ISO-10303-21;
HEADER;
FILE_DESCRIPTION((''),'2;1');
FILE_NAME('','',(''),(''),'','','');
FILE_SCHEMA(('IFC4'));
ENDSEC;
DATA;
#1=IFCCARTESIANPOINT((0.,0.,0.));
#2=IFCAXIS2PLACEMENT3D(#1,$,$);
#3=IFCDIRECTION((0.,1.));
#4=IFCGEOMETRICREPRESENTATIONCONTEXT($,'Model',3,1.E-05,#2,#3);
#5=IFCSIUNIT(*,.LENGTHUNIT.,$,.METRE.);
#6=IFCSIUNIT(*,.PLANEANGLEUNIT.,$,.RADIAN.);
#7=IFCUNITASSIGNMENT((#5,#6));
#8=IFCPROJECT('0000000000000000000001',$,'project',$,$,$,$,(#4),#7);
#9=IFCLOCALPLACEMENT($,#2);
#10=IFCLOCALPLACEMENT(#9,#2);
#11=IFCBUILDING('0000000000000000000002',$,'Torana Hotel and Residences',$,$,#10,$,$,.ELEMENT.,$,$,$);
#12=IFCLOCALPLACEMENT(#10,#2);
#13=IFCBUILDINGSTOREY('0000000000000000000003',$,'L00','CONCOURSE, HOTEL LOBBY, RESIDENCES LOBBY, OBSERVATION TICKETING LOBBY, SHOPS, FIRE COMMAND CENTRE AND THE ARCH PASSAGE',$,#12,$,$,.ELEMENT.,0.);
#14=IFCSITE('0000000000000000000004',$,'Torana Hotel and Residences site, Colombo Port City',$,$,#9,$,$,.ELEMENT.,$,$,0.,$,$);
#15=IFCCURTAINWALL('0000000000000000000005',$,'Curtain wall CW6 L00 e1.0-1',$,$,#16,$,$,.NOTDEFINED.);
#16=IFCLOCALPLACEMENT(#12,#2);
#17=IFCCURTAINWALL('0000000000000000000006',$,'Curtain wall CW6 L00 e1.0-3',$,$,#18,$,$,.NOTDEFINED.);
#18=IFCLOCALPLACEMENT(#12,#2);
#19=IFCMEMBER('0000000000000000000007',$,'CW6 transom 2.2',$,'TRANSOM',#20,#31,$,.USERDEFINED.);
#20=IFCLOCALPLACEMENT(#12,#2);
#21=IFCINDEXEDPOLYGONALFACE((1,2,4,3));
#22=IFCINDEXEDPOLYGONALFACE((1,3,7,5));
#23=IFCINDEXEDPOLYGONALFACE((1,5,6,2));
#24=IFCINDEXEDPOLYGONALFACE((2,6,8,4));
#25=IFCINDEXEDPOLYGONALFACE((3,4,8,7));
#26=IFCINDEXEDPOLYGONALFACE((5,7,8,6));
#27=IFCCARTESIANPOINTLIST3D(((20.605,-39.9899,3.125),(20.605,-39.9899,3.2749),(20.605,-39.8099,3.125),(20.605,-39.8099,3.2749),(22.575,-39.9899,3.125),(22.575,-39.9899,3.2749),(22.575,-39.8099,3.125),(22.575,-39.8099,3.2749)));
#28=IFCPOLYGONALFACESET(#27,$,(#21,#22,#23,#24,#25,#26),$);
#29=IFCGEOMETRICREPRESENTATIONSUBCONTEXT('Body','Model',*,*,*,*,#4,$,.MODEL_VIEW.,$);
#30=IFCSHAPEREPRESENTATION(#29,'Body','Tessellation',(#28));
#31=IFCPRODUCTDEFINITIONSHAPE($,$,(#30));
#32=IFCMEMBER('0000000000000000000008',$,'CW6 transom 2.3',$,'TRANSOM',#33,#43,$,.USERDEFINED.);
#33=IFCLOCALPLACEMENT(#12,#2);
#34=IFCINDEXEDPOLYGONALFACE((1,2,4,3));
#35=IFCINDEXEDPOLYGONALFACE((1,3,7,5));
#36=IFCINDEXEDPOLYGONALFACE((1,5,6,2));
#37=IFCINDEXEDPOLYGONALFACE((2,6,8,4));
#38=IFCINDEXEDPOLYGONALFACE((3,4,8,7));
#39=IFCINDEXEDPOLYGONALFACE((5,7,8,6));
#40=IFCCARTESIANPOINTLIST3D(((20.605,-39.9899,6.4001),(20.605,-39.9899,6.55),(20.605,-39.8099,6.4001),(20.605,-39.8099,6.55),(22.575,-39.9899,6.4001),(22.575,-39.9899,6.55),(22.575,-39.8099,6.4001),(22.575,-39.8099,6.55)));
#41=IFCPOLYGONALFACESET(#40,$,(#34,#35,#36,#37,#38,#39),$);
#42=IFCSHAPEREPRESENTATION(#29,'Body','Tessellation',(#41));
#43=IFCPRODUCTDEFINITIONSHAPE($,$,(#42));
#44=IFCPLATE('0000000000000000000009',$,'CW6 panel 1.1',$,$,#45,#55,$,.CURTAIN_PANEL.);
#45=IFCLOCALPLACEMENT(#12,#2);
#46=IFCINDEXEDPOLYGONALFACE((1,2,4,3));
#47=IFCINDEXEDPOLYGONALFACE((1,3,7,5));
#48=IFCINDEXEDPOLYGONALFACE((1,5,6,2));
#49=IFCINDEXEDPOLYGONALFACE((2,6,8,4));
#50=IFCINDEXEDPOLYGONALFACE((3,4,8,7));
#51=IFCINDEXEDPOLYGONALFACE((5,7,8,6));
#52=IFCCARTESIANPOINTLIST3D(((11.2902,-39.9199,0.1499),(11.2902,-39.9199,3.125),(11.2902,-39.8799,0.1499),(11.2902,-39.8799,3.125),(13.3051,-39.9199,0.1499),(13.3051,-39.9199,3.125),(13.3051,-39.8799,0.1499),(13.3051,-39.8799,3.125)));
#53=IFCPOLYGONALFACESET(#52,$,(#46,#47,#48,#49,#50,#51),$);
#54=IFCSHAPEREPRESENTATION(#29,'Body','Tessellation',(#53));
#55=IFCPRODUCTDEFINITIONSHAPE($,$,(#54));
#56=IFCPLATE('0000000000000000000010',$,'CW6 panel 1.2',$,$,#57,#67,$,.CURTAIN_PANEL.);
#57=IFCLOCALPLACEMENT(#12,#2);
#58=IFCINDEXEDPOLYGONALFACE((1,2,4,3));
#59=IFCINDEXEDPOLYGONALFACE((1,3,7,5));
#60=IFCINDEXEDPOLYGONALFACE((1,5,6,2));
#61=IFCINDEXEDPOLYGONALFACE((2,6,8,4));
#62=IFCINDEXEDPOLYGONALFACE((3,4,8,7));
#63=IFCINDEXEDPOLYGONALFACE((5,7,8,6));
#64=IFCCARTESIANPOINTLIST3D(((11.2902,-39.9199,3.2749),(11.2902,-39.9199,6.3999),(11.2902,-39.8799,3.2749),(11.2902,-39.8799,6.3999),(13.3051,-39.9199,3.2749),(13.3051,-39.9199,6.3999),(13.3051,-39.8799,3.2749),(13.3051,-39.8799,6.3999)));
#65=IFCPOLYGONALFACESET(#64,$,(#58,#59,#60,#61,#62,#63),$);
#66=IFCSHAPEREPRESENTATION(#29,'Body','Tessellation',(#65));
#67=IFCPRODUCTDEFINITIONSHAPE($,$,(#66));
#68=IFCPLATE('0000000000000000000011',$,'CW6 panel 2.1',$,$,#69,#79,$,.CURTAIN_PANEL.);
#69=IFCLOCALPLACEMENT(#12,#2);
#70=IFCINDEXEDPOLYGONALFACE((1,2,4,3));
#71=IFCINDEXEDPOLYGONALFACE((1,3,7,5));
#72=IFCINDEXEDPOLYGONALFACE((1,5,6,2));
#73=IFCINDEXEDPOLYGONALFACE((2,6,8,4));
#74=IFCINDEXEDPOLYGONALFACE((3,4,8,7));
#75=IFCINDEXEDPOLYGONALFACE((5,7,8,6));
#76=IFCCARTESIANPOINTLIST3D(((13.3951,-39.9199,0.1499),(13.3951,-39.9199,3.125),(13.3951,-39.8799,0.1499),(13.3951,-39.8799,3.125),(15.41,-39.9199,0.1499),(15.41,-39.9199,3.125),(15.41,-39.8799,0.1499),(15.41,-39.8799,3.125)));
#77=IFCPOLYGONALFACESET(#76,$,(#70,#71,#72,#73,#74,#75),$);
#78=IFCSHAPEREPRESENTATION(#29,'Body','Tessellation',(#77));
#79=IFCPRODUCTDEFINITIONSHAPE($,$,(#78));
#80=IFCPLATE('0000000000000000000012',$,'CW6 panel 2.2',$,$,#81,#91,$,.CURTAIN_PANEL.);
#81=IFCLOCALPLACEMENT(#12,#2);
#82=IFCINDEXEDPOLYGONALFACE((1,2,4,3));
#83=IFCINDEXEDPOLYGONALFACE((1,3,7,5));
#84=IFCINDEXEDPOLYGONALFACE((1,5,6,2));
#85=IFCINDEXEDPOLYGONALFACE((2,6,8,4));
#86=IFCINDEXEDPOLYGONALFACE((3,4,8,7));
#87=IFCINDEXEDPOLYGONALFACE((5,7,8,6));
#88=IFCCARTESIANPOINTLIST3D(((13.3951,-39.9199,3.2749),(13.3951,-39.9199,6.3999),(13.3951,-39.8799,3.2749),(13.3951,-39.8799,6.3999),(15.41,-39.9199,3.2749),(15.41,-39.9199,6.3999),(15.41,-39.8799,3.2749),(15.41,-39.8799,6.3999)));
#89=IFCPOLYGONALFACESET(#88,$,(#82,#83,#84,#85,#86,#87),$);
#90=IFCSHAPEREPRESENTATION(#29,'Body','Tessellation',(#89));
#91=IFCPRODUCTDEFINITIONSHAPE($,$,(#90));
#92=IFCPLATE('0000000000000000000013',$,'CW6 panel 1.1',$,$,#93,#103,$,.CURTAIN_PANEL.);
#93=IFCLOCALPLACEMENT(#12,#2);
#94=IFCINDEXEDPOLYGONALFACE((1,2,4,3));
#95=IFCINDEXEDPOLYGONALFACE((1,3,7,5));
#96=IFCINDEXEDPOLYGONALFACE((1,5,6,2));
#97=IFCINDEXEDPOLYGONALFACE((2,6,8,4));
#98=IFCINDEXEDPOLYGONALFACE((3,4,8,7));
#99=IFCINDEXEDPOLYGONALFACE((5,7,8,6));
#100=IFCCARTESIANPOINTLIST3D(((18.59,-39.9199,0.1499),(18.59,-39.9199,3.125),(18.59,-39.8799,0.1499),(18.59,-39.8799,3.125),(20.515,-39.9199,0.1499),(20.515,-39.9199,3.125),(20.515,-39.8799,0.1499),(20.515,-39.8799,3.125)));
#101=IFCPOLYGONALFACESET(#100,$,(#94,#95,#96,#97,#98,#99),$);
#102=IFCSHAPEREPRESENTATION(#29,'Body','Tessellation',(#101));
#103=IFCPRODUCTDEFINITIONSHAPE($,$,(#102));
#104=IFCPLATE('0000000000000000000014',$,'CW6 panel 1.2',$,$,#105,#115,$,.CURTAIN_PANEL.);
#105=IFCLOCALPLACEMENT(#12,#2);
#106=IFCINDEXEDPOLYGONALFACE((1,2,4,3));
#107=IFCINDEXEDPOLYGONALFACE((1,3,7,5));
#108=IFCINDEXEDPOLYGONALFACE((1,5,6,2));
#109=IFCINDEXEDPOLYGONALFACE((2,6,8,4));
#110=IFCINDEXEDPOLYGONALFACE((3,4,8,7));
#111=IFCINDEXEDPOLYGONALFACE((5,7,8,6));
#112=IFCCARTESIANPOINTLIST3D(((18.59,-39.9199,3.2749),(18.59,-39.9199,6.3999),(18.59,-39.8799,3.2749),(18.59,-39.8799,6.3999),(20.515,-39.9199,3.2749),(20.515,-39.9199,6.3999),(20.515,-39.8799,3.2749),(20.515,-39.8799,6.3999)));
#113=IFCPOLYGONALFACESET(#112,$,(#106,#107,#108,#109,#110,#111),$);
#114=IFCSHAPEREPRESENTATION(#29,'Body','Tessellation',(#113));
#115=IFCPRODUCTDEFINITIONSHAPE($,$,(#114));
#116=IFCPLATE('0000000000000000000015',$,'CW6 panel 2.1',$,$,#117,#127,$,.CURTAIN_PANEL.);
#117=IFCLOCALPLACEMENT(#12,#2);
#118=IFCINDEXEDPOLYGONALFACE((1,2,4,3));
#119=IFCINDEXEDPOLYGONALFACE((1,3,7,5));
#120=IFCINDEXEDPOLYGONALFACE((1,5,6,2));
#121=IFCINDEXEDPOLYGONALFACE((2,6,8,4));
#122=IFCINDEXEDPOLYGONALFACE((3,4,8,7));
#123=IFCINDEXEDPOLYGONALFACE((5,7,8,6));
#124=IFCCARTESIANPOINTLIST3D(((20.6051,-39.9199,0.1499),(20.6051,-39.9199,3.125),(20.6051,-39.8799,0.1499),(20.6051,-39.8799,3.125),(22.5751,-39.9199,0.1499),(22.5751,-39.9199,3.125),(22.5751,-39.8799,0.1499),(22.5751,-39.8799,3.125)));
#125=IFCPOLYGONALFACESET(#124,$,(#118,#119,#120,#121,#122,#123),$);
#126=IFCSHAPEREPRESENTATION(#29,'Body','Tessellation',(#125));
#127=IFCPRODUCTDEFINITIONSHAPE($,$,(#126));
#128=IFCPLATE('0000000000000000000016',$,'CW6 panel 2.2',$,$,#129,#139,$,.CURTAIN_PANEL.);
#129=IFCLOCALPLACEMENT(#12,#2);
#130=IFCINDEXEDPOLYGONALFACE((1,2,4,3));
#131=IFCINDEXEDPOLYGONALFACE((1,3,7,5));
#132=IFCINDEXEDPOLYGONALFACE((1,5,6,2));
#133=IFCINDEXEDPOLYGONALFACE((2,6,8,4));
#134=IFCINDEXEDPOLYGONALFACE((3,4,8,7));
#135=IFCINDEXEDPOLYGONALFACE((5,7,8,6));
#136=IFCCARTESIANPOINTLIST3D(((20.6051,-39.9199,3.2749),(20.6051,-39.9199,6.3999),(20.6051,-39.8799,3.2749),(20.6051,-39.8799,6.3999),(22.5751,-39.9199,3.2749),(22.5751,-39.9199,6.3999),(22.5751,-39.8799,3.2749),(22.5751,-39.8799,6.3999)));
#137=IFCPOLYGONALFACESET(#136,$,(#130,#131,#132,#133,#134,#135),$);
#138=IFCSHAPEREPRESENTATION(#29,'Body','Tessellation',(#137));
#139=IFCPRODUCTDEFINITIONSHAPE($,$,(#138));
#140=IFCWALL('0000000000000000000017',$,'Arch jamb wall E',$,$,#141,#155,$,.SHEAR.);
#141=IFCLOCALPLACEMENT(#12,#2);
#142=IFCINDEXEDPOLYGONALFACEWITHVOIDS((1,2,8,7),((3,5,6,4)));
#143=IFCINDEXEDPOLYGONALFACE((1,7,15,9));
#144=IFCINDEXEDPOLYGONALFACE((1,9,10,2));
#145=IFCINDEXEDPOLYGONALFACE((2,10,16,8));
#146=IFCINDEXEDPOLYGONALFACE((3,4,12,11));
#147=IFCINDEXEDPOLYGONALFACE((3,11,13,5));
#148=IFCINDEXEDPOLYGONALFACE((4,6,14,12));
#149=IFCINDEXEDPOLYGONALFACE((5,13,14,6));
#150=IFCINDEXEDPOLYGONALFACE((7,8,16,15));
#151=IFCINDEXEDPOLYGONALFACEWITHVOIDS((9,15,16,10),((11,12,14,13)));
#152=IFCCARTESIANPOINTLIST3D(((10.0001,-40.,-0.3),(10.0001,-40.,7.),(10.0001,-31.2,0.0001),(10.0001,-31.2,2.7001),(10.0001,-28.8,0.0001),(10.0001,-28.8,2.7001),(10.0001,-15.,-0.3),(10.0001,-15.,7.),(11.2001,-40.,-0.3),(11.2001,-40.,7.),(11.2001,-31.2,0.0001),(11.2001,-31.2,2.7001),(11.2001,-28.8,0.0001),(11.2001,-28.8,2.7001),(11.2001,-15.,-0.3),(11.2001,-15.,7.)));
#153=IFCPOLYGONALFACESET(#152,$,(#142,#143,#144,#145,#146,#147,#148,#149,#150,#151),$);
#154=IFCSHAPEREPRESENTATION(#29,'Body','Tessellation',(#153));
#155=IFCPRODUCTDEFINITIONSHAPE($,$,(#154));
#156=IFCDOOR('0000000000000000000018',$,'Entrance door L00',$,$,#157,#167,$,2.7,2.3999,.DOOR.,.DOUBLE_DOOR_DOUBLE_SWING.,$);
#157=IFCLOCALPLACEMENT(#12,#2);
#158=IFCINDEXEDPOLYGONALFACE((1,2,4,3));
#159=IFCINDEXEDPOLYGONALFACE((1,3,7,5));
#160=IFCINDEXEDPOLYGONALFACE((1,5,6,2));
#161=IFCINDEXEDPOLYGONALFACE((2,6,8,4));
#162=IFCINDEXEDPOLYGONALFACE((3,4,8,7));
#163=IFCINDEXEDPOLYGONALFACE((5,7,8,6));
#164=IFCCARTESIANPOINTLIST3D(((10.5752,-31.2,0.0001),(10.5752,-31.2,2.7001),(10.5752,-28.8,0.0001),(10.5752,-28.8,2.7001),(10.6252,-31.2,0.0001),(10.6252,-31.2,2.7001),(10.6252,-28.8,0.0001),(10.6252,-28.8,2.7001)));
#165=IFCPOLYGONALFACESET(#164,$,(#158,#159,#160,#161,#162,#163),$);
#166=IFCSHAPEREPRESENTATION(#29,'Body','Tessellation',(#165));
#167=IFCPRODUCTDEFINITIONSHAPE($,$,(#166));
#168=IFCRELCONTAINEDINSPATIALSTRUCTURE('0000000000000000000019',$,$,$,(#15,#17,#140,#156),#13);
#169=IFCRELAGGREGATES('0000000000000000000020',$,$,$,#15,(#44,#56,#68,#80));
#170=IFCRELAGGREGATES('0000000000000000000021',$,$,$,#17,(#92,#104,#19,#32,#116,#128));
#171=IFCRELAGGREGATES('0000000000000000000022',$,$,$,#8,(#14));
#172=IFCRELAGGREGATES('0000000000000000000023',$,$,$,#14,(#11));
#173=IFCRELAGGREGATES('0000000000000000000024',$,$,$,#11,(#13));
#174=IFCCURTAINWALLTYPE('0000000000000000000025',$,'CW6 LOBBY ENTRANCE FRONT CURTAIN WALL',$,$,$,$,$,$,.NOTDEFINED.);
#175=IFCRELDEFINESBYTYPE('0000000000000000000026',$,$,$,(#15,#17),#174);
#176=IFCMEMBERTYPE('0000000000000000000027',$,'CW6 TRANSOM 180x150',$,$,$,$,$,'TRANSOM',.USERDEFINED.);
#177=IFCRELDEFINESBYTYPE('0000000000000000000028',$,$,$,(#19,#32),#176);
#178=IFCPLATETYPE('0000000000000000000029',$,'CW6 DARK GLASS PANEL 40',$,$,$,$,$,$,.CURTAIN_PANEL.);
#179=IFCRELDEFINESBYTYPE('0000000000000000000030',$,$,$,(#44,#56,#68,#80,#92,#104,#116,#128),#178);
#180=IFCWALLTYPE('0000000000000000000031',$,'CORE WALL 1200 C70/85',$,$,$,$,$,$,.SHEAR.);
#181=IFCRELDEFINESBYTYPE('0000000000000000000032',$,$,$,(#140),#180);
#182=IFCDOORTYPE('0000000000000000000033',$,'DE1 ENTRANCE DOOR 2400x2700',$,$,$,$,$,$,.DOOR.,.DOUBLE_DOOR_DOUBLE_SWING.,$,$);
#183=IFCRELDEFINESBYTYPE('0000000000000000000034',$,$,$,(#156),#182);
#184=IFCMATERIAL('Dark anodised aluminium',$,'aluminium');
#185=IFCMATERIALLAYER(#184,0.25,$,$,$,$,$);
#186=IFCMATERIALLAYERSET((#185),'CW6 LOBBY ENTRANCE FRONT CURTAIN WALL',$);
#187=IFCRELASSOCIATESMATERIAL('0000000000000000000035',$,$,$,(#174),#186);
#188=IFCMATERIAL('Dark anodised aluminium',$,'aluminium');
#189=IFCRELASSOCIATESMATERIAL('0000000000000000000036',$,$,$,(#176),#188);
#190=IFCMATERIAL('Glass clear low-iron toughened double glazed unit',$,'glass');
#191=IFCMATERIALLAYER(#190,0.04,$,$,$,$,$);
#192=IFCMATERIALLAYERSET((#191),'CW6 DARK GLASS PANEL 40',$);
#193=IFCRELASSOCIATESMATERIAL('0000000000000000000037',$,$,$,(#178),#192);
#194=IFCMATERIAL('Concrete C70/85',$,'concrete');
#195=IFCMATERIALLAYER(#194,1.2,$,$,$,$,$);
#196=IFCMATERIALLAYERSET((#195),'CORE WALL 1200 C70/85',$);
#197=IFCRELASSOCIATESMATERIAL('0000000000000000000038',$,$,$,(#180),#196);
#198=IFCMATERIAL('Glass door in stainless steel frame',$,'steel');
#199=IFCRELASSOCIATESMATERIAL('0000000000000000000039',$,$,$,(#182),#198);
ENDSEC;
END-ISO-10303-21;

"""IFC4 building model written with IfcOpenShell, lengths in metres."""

from ifc_helpers import new_model, si_unit, direction, frame, frame_2d, origin, origin_2d, place, context, subcontext, project, spatial, rectangle, extrude, material, layer, layer_set, material_profile, profile_set, type_object, element, fill, aggregate, save


model = new_model("IFC4")

# Units and contexts
model_context = context("Model", 3, precision=1e-05, world=origin(), true_north=direction((0.0, 1.0)))
body_context = subcontext(model_context, "Body", "Model", "MODEL_VIEW")
ifc_project = project(units=[si_unit("LENGTHUNIT", "METRE"), si_unit("PLANEANGLEUNIT", "RADIAN")], contexts=[model_context])

# Site, building, storey
site_placement = place(None, origin())
site = spatial("IfcSite", under=ifc_project, at=site_placement, Name="Torana Hotel and Residences site, Colombo Port City", CompositionType="ELEMENT", RefElevation=0.0)
building_placement = place(site_placement, origin())
building = spatial("IfcBuilding", under=site, at=building_placement, Name="Torana Hotel and Residences", CompositionType="ELEMENT")
storey_placement = place(building_placement, origin())
storey = spatial("IfcBuildingStorey", under=building, at=storey_placement, Name="L00", Description="CONCOURSE, HOTEL LOBBY, RESIDENCES LOBBY, OBSERVATION TICKETING LOBBY, SHOPS, FIRE COMMAND CENTRE AND THE ARCH PASSAGE", CompositionType="ELEMENT", Elevation=0.0)

# Curtain walls
ifc_material_1 = material(Name="Dark anodised aluminium", Category="aluminium")
ifc_layer_1 = layer(ifc_material_1, 0.25)
ifc_layer_set_1 = layer_set([ifc_layer_1], Name="CW6 LOBBY ENTRANCE FRONT CURTAIN WALL")
curtain_wall_type = type_object("IfcCurtainWallType", Name="CW6 LOBBY ENTRANCE FRONT CURTAIN WALL", PredefinedType="NOTDEFINED", material=ifc_layer_set_1)
curtain_wall_1_placement = place(storey_placement, origin())
curtain_wall_1 = element("IfcCurtainWall", 1, at=curtain_wall_1_placement, inside=storey, type_object=curtain_wall_type, Name="Curtain wall CW6 L00 e1.0-1", PredefinedType="NOTDEFINED")
curtain_wall_2_placement = place(storey_placement, origin())
curtain_wall_2 = element("IfcCurtainWall", 2, at=curtain_wall_2_placement, inside=storey, type_object=curtain_wall_type, Name="Curtain wall CW6 L00 e1.0-3", PredefinedType="NOTDEFINED")

# Members
ifc_material_2 = material(Name="Dark anodised aluminium", Category="aluminium")
ifc_material_profile_1 = material_profile(ifc_material_2, rectangle(XDim=0.1799, YDim=0.1499, at=origin_2d()), Name="CW6 TRANSOM 180x150")
ifc_profile_set_1 = profile_set([ifc_material_profile_1], Name="Dark anodised aluminium")
member_type_1 = type_object("IfcMemberType", Name="CW6 TRANSOM 180x150", ElementType="TRANSOM", PredefinedType="USERDEFINED", material=ifc_profile_set_1)
member_1_placement = place(storey_placement, frame((20.605, -39.8999, 3.2), z_axis=(1.0, 0.0, 0.0), x_axis=(0.0, 1.0, 0.0)))
member_1 = element("IfcMember", 3, at=member_1_placement, type_object=member_type_1, Name="CW6 transom 2.2", ObjectType="TRANSOM", PredefinedType="USERDEFINED", context=body_context, shape_type="SweptSolid", body=[
    extrude(rectangle(XDim=0.1799, YDim=0.1499, at=origin_2d()), origin(), (0.0, 0.0, 1.0), 1.97),
])
member_2_placement = place(storey_placement, frame((20.605, -39.8999, 6.4751), z_axis=(1.0, 0.0, 0.0), x_axis=(0.0, 1.0, 0.0)))
member_2 = element("IfcMember", 4, at=member_2_placement, type_object=member_type_1, Name="CW6 transom 2.3", ObjectType="TRANSOM", PredefinedType="USERDEFINED", context=body_context, shape_type="SweptSolid", body=[
    extrude(rectangle(XDim=0.1799, YDim=0.1499, at=origin_2d()), origin(), (0.0, 0.0, 1.0), 1.97),
])

# Plates
ifc_material_3 = material(Name="Glass clear low-iron toughened double glazed unit", Category="glass")
ifc_layer_2 = layer(ifc_material_3, 0.04)
ifc_layer_set_2 = layer_set([ifc_layer_2], Name="CW6 DARK GLASS PANEL 40")
plate_type = type_object("IfcPlateType", Name="CW6 DARK GLASS PANEL 40", PredefinedType="CURTAIN_PANEL", material=ifc_layer_set_2)
plate_1_placement = place(storey_placement, frame((12.2976, -39.8999, 0.1499), z_axis=(0.0, 0.0, 1.0), x_axis=(1.0, 0.0, 0.0)))
plate_1 = element("IfcPlate", 5, at=plate_1_placement, type_object=plate_type, Name="CW6 panel 1.1", PredefinedType="CURTAIN_PANEL", context=body_context, shape_type="SweptSolid", body=[
    extrude(rectangle(XDim=2.0149, YDim=0.04, at=origin_2d()), origin(), (0.0, 0.0, 1.0), 2.9751),
])
plate_2_placement = place(storey_placement, frame((12.2976, -39.8999, 3.2749), z_axis=(0.0, 0.0, 1.0), x_axis=(1.0, 0.0, 0.0)))
plate_2 = element("IfcPlate", 6, at=plate_2_placement, type_object=plate_type, Name="CW6 panel 1.2", PredefinedType="CURTAIN_PANEL", context=body_context, shape_type="SweptSolid", body=[
    extrude(rectangle(XDim=2.0149, YDim=0.04, at=origin_2d()), origin(), (0.0, 0.0, 1.0), 3.125),
])
plate_3_placement = place(storey_placement, frame((14.4026, -39.8999, 0.1499), z_axis=(0.0, 0.0, 1.0), x_axis=(1.0, 0.0, 0.0)))
plate_3 = element("IfcPlate", 7, at=plate_3_placement, type_object=plate_type, Name="CW6 panel 2.1", PredefinedType="CURTAIN_PANEL", context=body_context, shape_type="SweptSolid", body=[
    extrude(rectangle(XDim=2.0149, YDim=0.04, at=origin_2d()), origin(), (0.0, 0.0, 1.0), 2.9751),
])
plate_4_placement = place(storey_placement, frame((14.4026, -39.8999, 3.2749), z_axis=(0.0, 0.0, 1.0), x_axis=(1.0, 0.0, 0.0)))
plate_4 = element("IfcPlate", 8, at=plate_4_placement, type_object=plate_type, Name="CW6 panel 2.2", PredefinedType="CURTAIN_PANEL", context=body_context, shape_type="SweptSolid", body=[
    extrude(rectangle(XDim=2.0149, YDim=0.04, at=origin_2d()), origin(), (0.0, 0.0, 1.0), 3.125),
])
aggregate(curtain_wall_1, [plate_1, plate_2, plate_3, plate_4])
plate_5_placement = place(storey_placement, frame((19.5525, -39.8999, 0.1499), z_axis=(0.0, 0.0, 1.0), x_axis=(1.0, 0.0, 0.0)))
plate_5 = element("IfcPlate", 9, at=plate_5_placement, type_object=plate_type, Name="CW6 panel 1.1", PredefinedType="CURTAIN_PANEL", context=body_context, shape_type="SweptSolid", body=[
    extrude(rectangle(XDim=1.925, YDim=0.04, at=origin_2d()), origin(), (0.0, 0.0, 1.0), 2.9751),
])
plate_6_placement = place(storey_placement, frame((19.5525, -39.8999, 3.2749), z_axis=(0.0, 0.0, 1.0), x_axis=(1.0, 0.0, 0.0)))
plate_6 = element("IfcPlate", 10, at=plate_6_placement, type_object=plate_type, Name="CW6 panel 1.2", PredefinedType="CURTAIN_PANEL", context=body_context, shape_type="SweptSolid", body=[
    extrude(rectangle(XDim=1.925, YDim=0.04, at=origin_2d()), origin(), (0.0, 0.0, 1.0), 3.125),
])
plate_7_placement = place(storey_placement, frame((21.5901, -39.8999, 0.1499), z_axis=(0.0, 0.0, 1.0), x_axis=(1.0, 0.0, 0.0)))
plate_7 = element("IfcPlate", 11, at=plate_7_placement, type_object=plate_type, Name="CW6 panel 2.1", PredefinedType="CURTAIN_PANEL", context=body_context, shape_type="SweptSolid", body=[
    extrude(rectangle(XDim=1.97, YDim=0.04, at=origin_2d()), origin(), (0.0, 0.0, 1.0), 2.9751),
])
plate_8_placement = place(storey_placement, frame((21.5901, -39.8999, 3.2749), z_axis=(0.0, 0.0, 1.0), x_axis=(1.0, 0.0, 0.0)))
plate_8 = element("IfcPlate", 12, at=plate_8_placement, type_object=plate_type, Name="CW6 panel 2.2", PredefinedType="CURTAIN_PANEL", context=body_context, shape_type="SweptSolid", body=[
    extrude(rectangle(XDim=1.97, YDim=0.04, at=origin_2d()), origin(), (0.0, 0.0, 1.0), 3.125),
])
aggregate(curtain_wall_2, [plate_5, plate_6, member_1, member_2, plate_7, plate_8])

# Wall, opening, door
ifc_material_4 = material(Name="Concrete C70/85", Category="concrete")
ifc_layer_3 = layer(ifc_material_4, 1.2)
ifc_layer_set_3 = layer_set([ifc_layer_3], Name="CORE WALL 1200 C70/85")
wall_type_1 = type_object("IfcWallType", Name="CORE WALL 1200 C70/85", PredefinedType="SHEAR", material=ifc_layer_set_3)
wall_1_placement = place(storey_placement, frame((10.6001, -40.0, -0.3), z_axis=(0.0, 0.0, 1.0), x_axis=(0.0, 1.0, 0.0)))
wall_1 = element("IfcWall", 13, at=wall_1_placement, inside=storey, type_object=wall_type_1, Name="Arch jamb wall E", PredefinedType="SHEAR", context=body_context, shape_type="SweptSolid", body=[
    extrude(rectangle(XDim=25.0, YDim=1.2, at=frame_2d((12.5, 0.0))), origin(), (0.0, 0.0, 1.0), 7.3),
])
opening_1_placement = place(wall_1_placement, frame((8.8, 0.0, 0.3)))
opening_1 = element("IfcOpeningElement", 14, at=opening_1_placement, cuts=wall_1, PredefinedType="OPENING", context=body_context, shape_type="SweptSolid", body=[
    extrude(rectangle(XDim=2.3999, YDim=2.7, at=frame_2d((1.2, 1.3501))), frame((0.0, 0.6099, 0.0), z_axis=(0.0, -1.0, 0.0), x_axis=(1.0, 0.0, 0.0)), (0.0, 0.0, 1.0), 1.22),
])
ifc_material_5 = material(Name="Glass door in stainless steel frame", Category="steel")
door_type = type_object("IfcDoorType", Name="DE1 ENTRANCE DOOR 2400x2700", OperationType="DOUBLE_DOOR_DOUBLE_SWING", PredefinedType="DOOR", material=ifc_material_5)
door_1_placement = place(opening_1_placement, origin())
door_1 = element("IfcDoor", 15, at=door_1_placement, inside=storey, type_object=door_type, Name="Entrance door L00", OperationType="DOUBLE_DOOR_DOUBLE_SWING", OverallHeight=2.7, OverallWidth=2.3999, PredefinedType="DOOR", context=body_context, shape_type="SweptSolid", body=[
    extrude(rectangle(XDim=2.3999, YDim=2.7, at=frame_2d((1.2, 1.3501))), frame((0.0, 0.0249, 0.0), z_axis=(0.0, -1.0, 0.0), x_axis=(1.0, 0.0, 0.0)), (0.0, 0.0, 1.0), 0.05),
])
fill(opening_1, door_1)

save(model, "model.ifc")
